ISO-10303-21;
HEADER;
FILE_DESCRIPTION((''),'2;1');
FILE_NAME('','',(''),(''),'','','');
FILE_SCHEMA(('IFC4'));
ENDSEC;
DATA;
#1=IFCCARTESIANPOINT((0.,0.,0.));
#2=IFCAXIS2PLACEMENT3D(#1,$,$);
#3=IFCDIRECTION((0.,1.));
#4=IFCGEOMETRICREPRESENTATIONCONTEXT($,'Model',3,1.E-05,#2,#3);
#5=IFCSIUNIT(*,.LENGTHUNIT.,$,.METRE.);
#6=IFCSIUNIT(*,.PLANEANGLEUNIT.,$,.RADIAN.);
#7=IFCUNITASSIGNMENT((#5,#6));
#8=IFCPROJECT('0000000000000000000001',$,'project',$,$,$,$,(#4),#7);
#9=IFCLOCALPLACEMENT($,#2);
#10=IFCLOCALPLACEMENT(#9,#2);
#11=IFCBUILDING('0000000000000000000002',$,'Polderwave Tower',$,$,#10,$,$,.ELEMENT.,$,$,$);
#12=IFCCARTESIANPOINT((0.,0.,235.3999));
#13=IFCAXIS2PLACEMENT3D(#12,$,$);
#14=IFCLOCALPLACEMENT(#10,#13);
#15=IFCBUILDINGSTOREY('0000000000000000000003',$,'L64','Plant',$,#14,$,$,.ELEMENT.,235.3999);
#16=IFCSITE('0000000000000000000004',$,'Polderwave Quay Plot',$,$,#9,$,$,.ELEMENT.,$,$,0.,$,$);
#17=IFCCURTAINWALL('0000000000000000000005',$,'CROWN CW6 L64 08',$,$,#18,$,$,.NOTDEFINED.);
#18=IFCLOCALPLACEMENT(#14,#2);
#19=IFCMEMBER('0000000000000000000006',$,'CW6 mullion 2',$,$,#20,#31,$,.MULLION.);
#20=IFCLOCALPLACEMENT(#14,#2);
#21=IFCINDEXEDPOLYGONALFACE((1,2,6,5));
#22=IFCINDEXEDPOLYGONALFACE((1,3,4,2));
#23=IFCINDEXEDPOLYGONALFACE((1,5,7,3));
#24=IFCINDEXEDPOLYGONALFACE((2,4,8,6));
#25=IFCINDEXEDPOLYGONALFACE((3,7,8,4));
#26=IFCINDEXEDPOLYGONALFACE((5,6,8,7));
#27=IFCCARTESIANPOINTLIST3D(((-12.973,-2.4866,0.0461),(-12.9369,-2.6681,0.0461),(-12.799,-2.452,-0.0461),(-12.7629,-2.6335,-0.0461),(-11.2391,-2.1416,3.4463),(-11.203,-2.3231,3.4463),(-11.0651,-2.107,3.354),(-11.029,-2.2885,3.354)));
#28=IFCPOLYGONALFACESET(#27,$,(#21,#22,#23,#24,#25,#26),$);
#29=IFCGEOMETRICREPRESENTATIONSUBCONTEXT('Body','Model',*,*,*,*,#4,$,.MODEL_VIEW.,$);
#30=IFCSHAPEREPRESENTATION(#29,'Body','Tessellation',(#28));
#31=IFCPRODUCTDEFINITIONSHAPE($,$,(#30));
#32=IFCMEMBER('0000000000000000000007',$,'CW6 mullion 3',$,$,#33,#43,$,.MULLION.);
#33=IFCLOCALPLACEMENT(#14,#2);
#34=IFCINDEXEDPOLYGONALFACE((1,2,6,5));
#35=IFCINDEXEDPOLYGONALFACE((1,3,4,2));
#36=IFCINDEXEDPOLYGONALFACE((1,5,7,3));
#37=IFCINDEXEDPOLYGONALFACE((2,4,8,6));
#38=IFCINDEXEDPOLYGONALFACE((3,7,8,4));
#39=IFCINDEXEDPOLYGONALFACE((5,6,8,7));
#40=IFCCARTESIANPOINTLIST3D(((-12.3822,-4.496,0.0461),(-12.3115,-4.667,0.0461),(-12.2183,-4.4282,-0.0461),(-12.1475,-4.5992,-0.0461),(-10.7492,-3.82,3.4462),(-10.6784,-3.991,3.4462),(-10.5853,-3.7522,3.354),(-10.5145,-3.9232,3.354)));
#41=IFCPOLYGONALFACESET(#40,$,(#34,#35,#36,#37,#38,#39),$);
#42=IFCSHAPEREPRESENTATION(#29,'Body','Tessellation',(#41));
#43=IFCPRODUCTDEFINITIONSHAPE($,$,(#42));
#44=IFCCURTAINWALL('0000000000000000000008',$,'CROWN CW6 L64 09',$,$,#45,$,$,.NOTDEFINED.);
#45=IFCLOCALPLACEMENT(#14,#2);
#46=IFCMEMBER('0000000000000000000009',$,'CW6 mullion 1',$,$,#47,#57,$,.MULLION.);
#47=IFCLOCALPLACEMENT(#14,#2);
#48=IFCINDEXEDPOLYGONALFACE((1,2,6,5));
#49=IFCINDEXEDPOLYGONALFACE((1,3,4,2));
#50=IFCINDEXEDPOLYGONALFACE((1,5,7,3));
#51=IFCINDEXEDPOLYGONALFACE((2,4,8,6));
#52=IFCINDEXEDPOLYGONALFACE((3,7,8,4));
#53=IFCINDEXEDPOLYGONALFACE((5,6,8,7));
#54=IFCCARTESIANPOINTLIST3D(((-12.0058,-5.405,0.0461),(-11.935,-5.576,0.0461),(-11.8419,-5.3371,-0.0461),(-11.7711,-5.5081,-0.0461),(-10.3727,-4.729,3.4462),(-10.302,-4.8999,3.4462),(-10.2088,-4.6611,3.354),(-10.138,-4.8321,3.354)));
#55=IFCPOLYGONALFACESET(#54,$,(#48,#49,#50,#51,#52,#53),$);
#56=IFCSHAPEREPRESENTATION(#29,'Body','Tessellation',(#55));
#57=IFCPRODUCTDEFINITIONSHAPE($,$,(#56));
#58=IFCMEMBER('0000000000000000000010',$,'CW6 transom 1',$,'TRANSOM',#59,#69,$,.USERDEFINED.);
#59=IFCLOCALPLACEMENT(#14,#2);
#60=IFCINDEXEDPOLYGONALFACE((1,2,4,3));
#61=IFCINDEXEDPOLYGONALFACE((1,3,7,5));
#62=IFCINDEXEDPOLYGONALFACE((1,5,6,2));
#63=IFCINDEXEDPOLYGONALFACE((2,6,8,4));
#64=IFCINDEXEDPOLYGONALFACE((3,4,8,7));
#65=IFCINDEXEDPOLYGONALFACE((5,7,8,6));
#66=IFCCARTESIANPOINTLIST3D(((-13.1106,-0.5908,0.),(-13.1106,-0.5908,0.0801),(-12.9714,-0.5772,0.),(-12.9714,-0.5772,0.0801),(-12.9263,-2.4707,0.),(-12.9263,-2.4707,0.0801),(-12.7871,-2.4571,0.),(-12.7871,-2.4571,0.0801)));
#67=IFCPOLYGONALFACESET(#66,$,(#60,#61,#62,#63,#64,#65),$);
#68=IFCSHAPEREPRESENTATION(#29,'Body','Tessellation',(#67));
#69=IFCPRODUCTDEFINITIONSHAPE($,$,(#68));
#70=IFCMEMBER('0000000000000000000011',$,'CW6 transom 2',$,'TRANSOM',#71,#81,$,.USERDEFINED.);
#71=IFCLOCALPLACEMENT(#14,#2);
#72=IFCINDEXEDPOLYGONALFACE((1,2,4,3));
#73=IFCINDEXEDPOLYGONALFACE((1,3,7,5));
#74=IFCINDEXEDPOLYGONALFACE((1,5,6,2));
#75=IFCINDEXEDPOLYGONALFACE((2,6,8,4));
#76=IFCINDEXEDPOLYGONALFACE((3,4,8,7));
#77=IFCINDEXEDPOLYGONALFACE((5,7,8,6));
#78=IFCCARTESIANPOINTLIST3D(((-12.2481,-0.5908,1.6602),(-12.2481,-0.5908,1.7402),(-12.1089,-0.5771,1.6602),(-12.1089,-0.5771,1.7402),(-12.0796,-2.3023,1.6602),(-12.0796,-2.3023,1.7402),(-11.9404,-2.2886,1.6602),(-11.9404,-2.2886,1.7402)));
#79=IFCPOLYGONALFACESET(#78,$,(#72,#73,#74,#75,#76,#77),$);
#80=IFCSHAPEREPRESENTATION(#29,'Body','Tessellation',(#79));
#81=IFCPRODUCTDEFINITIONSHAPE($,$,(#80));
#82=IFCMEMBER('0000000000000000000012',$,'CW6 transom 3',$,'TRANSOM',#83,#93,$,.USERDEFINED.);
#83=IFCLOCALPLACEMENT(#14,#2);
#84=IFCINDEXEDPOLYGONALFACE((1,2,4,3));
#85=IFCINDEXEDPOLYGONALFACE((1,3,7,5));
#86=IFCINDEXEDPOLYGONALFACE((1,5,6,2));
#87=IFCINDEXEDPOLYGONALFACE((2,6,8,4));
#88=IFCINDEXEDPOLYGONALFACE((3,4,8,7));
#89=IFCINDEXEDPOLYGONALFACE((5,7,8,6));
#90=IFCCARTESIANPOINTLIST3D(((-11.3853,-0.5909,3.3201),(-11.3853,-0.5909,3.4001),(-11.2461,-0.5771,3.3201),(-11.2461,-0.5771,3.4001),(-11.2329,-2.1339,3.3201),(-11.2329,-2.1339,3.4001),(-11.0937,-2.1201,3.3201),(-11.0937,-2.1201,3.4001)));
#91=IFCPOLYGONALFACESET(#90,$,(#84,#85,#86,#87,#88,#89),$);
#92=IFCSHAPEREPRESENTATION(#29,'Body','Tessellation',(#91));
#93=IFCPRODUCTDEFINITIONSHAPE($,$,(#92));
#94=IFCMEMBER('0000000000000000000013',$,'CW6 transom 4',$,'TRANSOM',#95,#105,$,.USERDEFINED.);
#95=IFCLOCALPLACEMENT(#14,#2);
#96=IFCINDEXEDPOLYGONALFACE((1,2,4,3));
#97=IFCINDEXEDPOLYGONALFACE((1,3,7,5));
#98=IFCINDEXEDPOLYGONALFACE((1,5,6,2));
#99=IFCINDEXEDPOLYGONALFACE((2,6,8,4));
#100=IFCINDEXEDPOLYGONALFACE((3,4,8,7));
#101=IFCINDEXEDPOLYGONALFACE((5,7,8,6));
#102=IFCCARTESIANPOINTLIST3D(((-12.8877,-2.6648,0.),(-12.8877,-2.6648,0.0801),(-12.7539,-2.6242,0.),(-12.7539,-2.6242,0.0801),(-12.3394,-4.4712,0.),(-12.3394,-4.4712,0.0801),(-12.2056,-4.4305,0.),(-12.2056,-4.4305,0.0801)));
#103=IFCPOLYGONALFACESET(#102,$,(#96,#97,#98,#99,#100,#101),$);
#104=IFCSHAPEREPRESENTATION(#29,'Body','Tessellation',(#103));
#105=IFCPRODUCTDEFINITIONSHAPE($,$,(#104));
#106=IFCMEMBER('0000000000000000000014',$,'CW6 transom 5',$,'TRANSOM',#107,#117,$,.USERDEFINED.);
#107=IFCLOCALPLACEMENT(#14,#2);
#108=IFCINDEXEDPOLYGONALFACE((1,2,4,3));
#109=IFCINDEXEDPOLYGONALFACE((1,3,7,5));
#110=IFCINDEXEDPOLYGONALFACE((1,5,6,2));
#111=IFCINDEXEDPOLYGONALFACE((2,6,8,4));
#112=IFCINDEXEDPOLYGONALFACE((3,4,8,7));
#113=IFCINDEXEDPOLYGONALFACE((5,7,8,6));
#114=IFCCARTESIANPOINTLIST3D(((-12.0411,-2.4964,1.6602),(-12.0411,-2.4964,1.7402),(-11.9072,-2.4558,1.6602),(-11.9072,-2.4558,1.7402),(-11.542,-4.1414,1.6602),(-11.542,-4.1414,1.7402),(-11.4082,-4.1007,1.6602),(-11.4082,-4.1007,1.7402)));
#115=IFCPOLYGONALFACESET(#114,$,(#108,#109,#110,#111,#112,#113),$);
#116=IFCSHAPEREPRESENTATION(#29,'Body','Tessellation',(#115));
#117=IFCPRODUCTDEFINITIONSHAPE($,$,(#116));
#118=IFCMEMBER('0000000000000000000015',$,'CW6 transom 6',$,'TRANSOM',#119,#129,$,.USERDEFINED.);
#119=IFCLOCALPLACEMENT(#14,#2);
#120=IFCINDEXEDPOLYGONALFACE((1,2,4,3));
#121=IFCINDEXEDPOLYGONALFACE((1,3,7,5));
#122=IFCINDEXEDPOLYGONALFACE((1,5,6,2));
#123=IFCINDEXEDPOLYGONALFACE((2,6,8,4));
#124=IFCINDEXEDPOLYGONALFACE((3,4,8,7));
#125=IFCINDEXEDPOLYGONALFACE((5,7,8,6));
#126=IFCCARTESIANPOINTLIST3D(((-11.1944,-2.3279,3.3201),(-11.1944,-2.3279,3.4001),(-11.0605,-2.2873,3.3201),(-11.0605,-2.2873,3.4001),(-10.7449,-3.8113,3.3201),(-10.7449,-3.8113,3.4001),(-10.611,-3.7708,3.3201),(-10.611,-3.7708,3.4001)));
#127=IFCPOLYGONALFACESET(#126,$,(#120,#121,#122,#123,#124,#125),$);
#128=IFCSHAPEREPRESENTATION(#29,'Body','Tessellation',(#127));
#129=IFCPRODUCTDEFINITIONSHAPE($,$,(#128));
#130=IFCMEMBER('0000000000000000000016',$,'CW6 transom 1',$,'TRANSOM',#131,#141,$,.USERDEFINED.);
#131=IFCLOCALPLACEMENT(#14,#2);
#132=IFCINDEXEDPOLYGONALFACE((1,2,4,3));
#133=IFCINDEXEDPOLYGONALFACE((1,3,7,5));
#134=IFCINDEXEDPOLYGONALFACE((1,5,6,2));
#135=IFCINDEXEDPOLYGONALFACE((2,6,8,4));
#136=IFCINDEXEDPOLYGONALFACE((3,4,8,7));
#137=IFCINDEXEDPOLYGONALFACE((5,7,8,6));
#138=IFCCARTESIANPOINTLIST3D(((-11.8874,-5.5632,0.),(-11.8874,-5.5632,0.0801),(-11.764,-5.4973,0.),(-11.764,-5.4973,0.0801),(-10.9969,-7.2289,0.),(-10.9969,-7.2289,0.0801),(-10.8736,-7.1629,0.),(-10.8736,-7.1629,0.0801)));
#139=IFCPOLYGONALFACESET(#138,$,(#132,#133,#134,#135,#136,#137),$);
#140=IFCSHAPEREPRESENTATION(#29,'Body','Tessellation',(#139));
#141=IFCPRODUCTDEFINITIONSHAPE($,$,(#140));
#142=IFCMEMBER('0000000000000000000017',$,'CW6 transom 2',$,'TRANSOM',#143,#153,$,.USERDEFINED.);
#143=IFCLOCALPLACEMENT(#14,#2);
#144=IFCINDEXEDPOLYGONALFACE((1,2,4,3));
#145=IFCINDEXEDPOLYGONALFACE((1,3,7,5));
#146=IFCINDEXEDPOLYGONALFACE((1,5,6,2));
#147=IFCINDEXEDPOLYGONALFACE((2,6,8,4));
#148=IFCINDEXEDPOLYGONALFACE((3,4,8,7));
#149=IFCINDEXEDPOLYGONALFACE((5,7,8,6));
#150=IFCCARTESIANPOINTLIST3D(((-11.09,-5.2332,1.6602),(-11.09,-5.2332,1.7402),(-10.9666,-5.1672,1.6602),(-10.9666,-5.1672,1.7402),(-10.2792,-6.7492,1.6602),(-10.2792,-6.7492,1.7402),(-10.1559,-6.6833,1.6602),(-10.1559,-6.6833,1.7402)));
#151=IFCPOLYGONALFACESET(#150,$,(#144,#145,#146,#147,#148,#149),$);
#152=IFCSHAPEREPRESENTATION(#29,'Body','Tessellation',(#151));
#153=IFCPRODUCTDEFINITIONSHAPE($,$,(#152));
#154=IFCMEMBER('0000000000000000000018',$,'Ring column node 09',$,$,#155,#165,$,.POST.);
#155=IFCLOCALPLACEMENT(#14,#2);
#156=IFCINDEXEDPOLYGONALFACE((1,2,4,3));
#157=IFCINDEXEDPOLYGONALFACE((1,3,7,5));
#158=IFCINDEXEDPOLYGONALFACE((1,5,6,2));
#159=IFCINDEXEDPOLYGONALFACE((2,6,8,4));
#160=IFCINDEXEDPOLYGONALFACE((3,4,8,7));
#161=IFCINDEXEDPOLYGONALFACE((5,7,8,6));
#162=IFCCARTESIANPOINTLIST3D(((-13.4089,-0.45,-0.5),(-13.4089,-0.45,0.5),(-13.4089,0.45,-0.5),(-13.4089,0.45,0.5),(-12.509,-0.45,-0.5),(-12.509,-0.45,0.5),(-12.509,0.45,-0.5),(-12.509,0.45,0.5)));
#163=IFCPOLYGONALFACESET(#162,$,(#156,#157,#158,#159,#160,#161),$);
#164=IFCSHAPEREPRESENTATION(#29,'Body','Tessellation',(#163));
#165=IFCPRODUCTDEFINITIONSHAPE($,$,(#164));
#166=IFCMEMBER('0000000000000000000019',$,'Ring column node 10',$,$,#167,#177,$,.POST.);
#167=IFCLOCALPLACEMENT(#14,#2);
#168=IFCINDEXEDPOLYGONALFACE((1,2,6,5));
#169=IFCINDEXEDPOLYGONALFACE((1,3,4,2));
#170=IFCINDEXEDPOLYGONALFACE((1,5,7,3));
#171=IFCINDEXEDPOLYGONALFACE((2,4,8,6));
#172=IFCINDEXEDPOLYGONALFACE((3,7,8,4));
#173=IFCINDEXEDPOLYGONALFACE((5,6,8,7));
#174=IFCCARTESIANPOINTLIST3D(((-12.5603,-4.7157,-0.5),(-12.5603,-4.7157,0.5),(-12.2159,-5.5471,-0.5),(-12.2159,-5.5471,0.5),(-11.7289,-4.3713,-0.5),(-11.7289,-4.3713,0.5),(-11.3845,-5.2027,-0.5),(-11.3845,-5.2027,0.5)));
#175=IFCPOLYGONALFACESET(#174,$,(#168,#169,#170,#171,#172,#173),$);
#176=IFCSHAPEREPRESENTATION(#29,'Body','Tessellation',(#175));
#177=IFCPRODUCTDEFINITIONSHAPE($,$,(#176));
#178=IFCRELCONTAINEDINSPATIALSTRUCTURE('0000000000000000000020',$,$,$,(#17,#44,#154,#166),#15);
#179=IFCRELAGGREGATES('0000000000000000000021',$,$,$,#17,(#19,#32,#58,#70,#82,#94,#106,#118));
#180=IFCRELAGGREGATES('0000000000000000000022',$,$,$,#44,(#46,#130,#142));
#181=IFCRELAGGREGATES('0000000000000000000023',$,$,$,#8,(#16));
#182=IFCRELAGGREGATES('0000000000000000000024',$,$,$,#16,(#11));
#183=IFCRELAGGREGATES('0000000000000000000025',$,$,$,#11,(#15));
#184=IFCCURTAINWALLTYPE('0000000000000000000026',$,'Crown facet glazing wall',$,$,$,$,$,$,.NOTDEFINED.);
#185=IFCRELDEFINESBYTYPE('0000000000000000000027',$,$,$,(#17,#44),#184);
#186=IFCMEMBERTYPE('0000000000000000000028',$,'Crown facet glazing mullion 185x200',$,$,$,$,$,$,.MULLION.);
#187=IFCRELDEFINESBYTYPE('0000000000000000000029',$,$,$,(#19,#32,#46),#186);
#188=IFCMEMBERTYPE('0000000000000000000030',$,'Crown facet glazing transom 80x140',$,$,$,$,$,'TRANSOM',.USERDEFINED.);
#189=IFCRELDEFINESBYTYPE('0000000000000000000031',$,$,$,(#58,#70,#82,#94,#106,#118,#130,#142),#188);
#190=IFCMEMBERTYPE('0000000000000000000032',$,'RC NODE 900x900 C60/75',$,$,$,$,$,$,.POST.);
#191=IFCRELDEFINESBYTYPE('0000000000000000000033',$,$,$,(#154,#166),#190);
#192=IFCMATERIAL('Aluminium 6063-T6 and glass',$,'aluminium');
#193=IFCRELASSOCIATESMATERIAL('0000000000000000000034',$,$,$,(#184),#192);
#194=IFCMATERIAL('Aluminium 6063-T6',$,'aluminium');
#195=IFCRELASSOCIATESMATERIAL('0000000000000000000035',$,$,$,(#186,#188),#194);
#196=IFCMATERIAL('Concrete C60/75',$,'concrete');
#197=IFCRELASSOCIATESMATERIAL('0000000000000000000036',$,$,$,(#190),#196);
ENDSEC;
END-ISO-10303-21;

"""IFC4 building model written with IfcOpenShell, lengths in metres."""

from ifc_helpers import new_model, si_unit, direction, frame, origin, origin_2d, place, context, subcontext, project, spatial, rectangle, extrude, material, material_profile, profile_set, type_object, element, aggregate, save


model = new_model("IFC4")

# Units and contexts
model_context = context("Model", 3, precision=1e-05, world=origin(), true_north=direction((0.0, 1.0)))
body_context = subcontext(model_context, "Body", "Model", "MODEL_VIEW")
ifc_project = project(units=[si_unit("LENGTHUNIT", "METRE"), si_unit("PLANEANGLEUNIT", "RADIAN")], contexts=[model_context])

# Site, building, storey
site_placement = place(None, origin())
site = spatial("IfcSite", under=ifc_project, at=site_placement, Name="Polderwave Quay Plot", CompositionType="ELEMENT", RefElevation=0.0)
building_placement = place(site_placement, origin())
building = spatial("IfcBuilding", under=site, at=building_placement, Name="Polderwave Tower", CompositionType="ELEMENT")
storey_placement = place(building_placement, frame((0.0, 0.0, 235.3999)))
storey = spatial("IfcBuildingStorey", under=building, at=storey_placement, Name="L64", Description="Plant", CompositionType="ELEMENT", Elevation=235.3999)

# Shared definitions
ifc_material_1 = material(Name="Concrete C60/75", Category="concrete")

# Curtain wall, members
ifc_material_2 = material(Name="Aluminium 6063-T6 and glass", Category="aluminium")
curtain_wall_type = type_object("IfcCurtainWallType", Name="Crown facet glazing wall", PredefinedType="NOTDEFINED", material=ifc_material_2)
curtain_wall_1_placement = place(storey_placement, origin())
curtain_wall_1 = element("IfcCurtainWall", 1, at=curtain_wall_1_placement, inside=storey, type_object=curtain_wall_type, Name="CROWN CW6 L64 08", PredefinedType="NOTDEFINED")
ifc_material_3 = material(Name="Aluminium 6063-T6", Category="aluminium")
ifc_material_profile_1 = material_profile(ifc_material_3, rectangle(XDim=0.1851, YDim=0.2, at=origin_2d()), Name="AL 185x200")
ifc_profile_set_1 = profile_set([ifc_material_profile_1], Name="Aluminium 6063-T6")
member_type_1 = type_object("IfcMemberType", Name="Crown facet glazing mullion 185x200", PredefinedType="MULLION", material=ifc_profile_set_1)
member_1_placement = place(storey_placement, frame((-12.8679, -2.5601, 0.0), z_axis=(0.452443, 0.090017, 0.887239), x_axis=(-0.195133, 0.980777, 0.0)))
member_1 = element("IfcMember", 2, at=member_1_placement, type_object=member_type_1, Name="CW6 mullion 2", PredefinedType="MULLION", context=body_context, shape_type="SweptSolid", body=[
    extrude(rectangle(XDim=0.1851, YDim=0.2, at=origin_2d()), origin(), (0.0, 0.0, 1.0), 3.8323),
])
member_2_placement = place(storey_placement, frame((-12.2649, -4.5476, 0.0), z_axis=(0.426153, 0.176412, 0.887284), x_axis=(-0.382486, 0.923961, 0.0)))
member_2 = element("IfcMember", 3, at=member_2_placement, type_object=member_type_1, Name="CW6 mullion 3", PredefinedType="MULLION", context=body_context, shape_type="SweptSolid", body=[
    extrude(rectangle(XDim=0.1851, YDim=0.2, at=origin_2d()), origin(), (0.0, 0.0, 1.0), 3.832),
])

# Curtain wall, member
curtain_wall_2_placement = place(storey_placement, origin())
curtain_wall_2 = element("IfcCurtainWall", 4, at=curtain_wall_2_placement, inside=storey, type_object=curtain_wall_type, Name="CROWN CW6 L64 09", PredefinedType="NOTDEFINED")
member_3_placement = place(storey_placement, frame((-11.8884, -5.4565, 0.0), z_axis=(0.426153, 0.176412, 0.887284), x_axis=(-0.382486, 0.923961, 0.0)))
member_3 = element("IfcMember", 5, at=member_3_placement, type_object=member_type_1, Name="CW6 mullion 1", PredefinedType="MULLION", context=body_context, shape_type="SweptSolid", body=[
    extrude(rectangle(XDim=0.1851, YDim=0.2, at=origin_2d()), origin(), (0.0, 0.0, 1.0), 3.832),
])

# Members
ifc_material_profile_2 = material_profile(ifc_material_3, rectangle(XDim=0.1399, YDim=0.0801, at=origin_2d()), Name="AL 80x140")
ifc_profile_set_2 = profile_set([ifc_material_profile_2], Name="Aluminium 6063-T6")
member_type_2 = type_object("IfcMemberType", Name="Crown facet glazing transom 80x140", ElementType="TRANSOM", PredefinedType="USERDEFINED", material=ifc_profile_set_2)
member_4_placement = place(storey_placement, frame((-13.041, -0.584, 0.04), z_axis=(0.097584, -0.995227, 0.0), x_axis=(0.995227, 0.097584, 0.0)))
member_4 = element("IfcMember", 6, at=member_4_placement, type_object=member_type_2, Name="CW6 transom 1", ObjectType="TRANSOM", PredefinedType="USERDEFINED", context=body_context, shape_type="SweptSolid", body=[
    extrude(rectangle(XDim=0.1399, YDim=0.0801, at=origin_2d()), origin(), (0.0, 0.0, 1.0), 1.8889),
])
member_5_placement = place(storey_placement, frame((-12.1785, -0.584, 1.7002), z_axis=(0.097957, -0.995191, 0.0), x_axis=(0.995191, 0.097957, 0.0)))
member_5 = element("IfcMember", 7, at=member_5_placement, type_object=member_type_2, Name="CW6 transom 2", ObjectType="TRANSOM", PredefinedType="USERDEFINED", context=body_context, shape_type="SweptSolid", body=[
    extrude(rectangle(XDim=0.1399, YDim=0.0801, at=origin_2d()), origin(), (0.0, 0.0, 1.0), 1.7197),
])
member_6_placement = place(storey_placement, frame((-11.3157, -0.584, 3.3601), z_axis=(0.098256, -0.995161, 0.0), x_axis=(0.995161, 0.098256, 0.0)))
member_6 = element("IfcMember", 8, at=member_6_placement, type_object=member_type_2, Name="CW6 transom 3", ObjectType="TRANSOM", PredefinedType="USERDEFINED", context=body_context, shape_type="SweptSolid", body=[
    extrude(rectangle(XDim=0.1399, YDim=0.0801, at=origin_2d()), origin(), (0.0, 0.0, 1.0), 1.5505),
])
member_7_placement = place(storey_placement, frame((-12.8208, -2.6445, 0.04), z_axis=(0.290467, -0.956885, 0.0), x_axis=(0.956885, 0.290467, 0.0)))
member_7 = element("IfcMember", 9, at=member_7_placement, type_object=member_type_2, Name="CW6 transom 4", ObjectType="TRANSOM", PredefinedType="USERDEFINED", context=body_context, shape_type="SweptSolid", body=[
    extrude(rectangle(XDim=0.1399, YDim=0.0801, at=origin_2d()), origin(), (0.0, 0.0, 1.0), 1.8877),
])
member_8_placement = place(storey_placement, frame((-11.9741, -2.4761, 1.7002), z_axis=(0.290291, -0.956938, 0.0), x_axis=(0.956938, 0.290291, 0.0)))
member_8 = element("IfcMember", 10, at=member_8_placement, type_object=member_type_2, Name="CW6 transom 5", ObjectType="TRANSOM", PredefinedType="USERDEFINED", context=body_context, shape_type="SweptSolid", body=[
    extrude(rectangle(XDim=0.1399, YDim=0.0801, at=origin_2d()), origin(), (0.0, 0.0, 1.0), 1.719),
])
member_9_placement = place(storey_placement, frame((-11.1274, -2.3076, 3.3601), z_axis=(0.289977, -0.957034, 0.0), x_axis=(0.957034, 0.289977, 0.0)))
member_9 = element("IfcMember", 11, at=member_9_placement, type_object=member_type_2, Name="CW6 transom 6", ObjectType="TRANSOM", PredefinedType="USERDEFINED", context=body_context, shape_type="SweptSolid", body=[
    extrude(rectangle(XDim=0.1399, YDim=0.0801, at=origin_2d()), origin(), (0.0, 0.0, 1.0), 1.55),
])
member_10_placement = place(storey_placement, frame((-11.8257, -5.5303, 0.04), z_axis=(0.471454, -0.881891, 0.0), x_axis=(0.881891, 0.471454, 0.0)))
member_10 = element("IfcMember", 12, at=member_10_placement, type_object=member_type_2, Name="CW6 transom 1", ObjectType="TRANSOM", PredefinedType="USERDEFINED", context=body_context, shape_type="SweptSolid", body=[
    extrude(rectangle(XDim=0.1399, YDim=0.0801, at=origin_2d()), origin(), (0.0, 0.0, 1.0), 1.8887),
])
member_11_placement = place(storey_placement, frame((-11.0283, -5.2002, 1.7002), z_axis=(0.471583, -0.881822, 0.0), x_axis=(0.881822, 0.471583, 0.0)))
member_11 = element("IfcMember", 13, at=member_11_placement, type_object=member_type_2, Name="CW6 transom 2", ObjectType="TRANSOM", PredefinedType="USERDEFINED", context=body_context, shape_type="SweptSolid", body=[
    extrude(rectangle(XDim=0.1399, YDim=0.0801, at=origin_2d()), origin(), (0.0, 0.0, 1.0), 1.7192),
])

# Members
ifc_material_profile_3 = material_profile(ifc_material_1, rectangle(XDim=0.8999, YDim=0.8999, at=origin_2d()), Name="RC 900x900")
ifc_profile_set_3 = profile_set([ifc_material_profile_3], Name="Concrete C60/75")
member_type_3 = type_object("IfcMemberType", Name="RC NODE 900x900 C60/75", PredefinedType="POST", material=ifc_profile_set_3)
for number, where, z_axis, x_axis, name in (
    (14, (-12.959, 0.0, -0.5), (0.0, 0.0, 1.0), (-1.0, 0.0, 0.0), "Ring column node 09"),
    (15, (-11.9724, -4.9592, -0.5), (0.0, 0.0, 1.0), (-0.92388, -0.382683, 0.0), "Ring column node 10"),
):
    element("IfcMember", number, at=place(storey_placement, frame(where, z_axis=z_axis, x_axis=x_axis)), inside=storey, type_object=member_type_3, Name=name, PredefinedType="POST", context=body_context, shape_type="SweptSolid", body=[
        extrude(rectangle(XDim=0.8999, YDim=0.8999, at=origin_2d()), origin(), (0.0, 0.0, 1.0), 1.0),
    ])

aggregate(curtain_wall_1, [member_1, member_2, member_4, member_5, member_6, member_7, member_8, member_9])
aggregate(curtain_wall_2, [member_3, member_10, member_11])

save(model, "model.ifc")
